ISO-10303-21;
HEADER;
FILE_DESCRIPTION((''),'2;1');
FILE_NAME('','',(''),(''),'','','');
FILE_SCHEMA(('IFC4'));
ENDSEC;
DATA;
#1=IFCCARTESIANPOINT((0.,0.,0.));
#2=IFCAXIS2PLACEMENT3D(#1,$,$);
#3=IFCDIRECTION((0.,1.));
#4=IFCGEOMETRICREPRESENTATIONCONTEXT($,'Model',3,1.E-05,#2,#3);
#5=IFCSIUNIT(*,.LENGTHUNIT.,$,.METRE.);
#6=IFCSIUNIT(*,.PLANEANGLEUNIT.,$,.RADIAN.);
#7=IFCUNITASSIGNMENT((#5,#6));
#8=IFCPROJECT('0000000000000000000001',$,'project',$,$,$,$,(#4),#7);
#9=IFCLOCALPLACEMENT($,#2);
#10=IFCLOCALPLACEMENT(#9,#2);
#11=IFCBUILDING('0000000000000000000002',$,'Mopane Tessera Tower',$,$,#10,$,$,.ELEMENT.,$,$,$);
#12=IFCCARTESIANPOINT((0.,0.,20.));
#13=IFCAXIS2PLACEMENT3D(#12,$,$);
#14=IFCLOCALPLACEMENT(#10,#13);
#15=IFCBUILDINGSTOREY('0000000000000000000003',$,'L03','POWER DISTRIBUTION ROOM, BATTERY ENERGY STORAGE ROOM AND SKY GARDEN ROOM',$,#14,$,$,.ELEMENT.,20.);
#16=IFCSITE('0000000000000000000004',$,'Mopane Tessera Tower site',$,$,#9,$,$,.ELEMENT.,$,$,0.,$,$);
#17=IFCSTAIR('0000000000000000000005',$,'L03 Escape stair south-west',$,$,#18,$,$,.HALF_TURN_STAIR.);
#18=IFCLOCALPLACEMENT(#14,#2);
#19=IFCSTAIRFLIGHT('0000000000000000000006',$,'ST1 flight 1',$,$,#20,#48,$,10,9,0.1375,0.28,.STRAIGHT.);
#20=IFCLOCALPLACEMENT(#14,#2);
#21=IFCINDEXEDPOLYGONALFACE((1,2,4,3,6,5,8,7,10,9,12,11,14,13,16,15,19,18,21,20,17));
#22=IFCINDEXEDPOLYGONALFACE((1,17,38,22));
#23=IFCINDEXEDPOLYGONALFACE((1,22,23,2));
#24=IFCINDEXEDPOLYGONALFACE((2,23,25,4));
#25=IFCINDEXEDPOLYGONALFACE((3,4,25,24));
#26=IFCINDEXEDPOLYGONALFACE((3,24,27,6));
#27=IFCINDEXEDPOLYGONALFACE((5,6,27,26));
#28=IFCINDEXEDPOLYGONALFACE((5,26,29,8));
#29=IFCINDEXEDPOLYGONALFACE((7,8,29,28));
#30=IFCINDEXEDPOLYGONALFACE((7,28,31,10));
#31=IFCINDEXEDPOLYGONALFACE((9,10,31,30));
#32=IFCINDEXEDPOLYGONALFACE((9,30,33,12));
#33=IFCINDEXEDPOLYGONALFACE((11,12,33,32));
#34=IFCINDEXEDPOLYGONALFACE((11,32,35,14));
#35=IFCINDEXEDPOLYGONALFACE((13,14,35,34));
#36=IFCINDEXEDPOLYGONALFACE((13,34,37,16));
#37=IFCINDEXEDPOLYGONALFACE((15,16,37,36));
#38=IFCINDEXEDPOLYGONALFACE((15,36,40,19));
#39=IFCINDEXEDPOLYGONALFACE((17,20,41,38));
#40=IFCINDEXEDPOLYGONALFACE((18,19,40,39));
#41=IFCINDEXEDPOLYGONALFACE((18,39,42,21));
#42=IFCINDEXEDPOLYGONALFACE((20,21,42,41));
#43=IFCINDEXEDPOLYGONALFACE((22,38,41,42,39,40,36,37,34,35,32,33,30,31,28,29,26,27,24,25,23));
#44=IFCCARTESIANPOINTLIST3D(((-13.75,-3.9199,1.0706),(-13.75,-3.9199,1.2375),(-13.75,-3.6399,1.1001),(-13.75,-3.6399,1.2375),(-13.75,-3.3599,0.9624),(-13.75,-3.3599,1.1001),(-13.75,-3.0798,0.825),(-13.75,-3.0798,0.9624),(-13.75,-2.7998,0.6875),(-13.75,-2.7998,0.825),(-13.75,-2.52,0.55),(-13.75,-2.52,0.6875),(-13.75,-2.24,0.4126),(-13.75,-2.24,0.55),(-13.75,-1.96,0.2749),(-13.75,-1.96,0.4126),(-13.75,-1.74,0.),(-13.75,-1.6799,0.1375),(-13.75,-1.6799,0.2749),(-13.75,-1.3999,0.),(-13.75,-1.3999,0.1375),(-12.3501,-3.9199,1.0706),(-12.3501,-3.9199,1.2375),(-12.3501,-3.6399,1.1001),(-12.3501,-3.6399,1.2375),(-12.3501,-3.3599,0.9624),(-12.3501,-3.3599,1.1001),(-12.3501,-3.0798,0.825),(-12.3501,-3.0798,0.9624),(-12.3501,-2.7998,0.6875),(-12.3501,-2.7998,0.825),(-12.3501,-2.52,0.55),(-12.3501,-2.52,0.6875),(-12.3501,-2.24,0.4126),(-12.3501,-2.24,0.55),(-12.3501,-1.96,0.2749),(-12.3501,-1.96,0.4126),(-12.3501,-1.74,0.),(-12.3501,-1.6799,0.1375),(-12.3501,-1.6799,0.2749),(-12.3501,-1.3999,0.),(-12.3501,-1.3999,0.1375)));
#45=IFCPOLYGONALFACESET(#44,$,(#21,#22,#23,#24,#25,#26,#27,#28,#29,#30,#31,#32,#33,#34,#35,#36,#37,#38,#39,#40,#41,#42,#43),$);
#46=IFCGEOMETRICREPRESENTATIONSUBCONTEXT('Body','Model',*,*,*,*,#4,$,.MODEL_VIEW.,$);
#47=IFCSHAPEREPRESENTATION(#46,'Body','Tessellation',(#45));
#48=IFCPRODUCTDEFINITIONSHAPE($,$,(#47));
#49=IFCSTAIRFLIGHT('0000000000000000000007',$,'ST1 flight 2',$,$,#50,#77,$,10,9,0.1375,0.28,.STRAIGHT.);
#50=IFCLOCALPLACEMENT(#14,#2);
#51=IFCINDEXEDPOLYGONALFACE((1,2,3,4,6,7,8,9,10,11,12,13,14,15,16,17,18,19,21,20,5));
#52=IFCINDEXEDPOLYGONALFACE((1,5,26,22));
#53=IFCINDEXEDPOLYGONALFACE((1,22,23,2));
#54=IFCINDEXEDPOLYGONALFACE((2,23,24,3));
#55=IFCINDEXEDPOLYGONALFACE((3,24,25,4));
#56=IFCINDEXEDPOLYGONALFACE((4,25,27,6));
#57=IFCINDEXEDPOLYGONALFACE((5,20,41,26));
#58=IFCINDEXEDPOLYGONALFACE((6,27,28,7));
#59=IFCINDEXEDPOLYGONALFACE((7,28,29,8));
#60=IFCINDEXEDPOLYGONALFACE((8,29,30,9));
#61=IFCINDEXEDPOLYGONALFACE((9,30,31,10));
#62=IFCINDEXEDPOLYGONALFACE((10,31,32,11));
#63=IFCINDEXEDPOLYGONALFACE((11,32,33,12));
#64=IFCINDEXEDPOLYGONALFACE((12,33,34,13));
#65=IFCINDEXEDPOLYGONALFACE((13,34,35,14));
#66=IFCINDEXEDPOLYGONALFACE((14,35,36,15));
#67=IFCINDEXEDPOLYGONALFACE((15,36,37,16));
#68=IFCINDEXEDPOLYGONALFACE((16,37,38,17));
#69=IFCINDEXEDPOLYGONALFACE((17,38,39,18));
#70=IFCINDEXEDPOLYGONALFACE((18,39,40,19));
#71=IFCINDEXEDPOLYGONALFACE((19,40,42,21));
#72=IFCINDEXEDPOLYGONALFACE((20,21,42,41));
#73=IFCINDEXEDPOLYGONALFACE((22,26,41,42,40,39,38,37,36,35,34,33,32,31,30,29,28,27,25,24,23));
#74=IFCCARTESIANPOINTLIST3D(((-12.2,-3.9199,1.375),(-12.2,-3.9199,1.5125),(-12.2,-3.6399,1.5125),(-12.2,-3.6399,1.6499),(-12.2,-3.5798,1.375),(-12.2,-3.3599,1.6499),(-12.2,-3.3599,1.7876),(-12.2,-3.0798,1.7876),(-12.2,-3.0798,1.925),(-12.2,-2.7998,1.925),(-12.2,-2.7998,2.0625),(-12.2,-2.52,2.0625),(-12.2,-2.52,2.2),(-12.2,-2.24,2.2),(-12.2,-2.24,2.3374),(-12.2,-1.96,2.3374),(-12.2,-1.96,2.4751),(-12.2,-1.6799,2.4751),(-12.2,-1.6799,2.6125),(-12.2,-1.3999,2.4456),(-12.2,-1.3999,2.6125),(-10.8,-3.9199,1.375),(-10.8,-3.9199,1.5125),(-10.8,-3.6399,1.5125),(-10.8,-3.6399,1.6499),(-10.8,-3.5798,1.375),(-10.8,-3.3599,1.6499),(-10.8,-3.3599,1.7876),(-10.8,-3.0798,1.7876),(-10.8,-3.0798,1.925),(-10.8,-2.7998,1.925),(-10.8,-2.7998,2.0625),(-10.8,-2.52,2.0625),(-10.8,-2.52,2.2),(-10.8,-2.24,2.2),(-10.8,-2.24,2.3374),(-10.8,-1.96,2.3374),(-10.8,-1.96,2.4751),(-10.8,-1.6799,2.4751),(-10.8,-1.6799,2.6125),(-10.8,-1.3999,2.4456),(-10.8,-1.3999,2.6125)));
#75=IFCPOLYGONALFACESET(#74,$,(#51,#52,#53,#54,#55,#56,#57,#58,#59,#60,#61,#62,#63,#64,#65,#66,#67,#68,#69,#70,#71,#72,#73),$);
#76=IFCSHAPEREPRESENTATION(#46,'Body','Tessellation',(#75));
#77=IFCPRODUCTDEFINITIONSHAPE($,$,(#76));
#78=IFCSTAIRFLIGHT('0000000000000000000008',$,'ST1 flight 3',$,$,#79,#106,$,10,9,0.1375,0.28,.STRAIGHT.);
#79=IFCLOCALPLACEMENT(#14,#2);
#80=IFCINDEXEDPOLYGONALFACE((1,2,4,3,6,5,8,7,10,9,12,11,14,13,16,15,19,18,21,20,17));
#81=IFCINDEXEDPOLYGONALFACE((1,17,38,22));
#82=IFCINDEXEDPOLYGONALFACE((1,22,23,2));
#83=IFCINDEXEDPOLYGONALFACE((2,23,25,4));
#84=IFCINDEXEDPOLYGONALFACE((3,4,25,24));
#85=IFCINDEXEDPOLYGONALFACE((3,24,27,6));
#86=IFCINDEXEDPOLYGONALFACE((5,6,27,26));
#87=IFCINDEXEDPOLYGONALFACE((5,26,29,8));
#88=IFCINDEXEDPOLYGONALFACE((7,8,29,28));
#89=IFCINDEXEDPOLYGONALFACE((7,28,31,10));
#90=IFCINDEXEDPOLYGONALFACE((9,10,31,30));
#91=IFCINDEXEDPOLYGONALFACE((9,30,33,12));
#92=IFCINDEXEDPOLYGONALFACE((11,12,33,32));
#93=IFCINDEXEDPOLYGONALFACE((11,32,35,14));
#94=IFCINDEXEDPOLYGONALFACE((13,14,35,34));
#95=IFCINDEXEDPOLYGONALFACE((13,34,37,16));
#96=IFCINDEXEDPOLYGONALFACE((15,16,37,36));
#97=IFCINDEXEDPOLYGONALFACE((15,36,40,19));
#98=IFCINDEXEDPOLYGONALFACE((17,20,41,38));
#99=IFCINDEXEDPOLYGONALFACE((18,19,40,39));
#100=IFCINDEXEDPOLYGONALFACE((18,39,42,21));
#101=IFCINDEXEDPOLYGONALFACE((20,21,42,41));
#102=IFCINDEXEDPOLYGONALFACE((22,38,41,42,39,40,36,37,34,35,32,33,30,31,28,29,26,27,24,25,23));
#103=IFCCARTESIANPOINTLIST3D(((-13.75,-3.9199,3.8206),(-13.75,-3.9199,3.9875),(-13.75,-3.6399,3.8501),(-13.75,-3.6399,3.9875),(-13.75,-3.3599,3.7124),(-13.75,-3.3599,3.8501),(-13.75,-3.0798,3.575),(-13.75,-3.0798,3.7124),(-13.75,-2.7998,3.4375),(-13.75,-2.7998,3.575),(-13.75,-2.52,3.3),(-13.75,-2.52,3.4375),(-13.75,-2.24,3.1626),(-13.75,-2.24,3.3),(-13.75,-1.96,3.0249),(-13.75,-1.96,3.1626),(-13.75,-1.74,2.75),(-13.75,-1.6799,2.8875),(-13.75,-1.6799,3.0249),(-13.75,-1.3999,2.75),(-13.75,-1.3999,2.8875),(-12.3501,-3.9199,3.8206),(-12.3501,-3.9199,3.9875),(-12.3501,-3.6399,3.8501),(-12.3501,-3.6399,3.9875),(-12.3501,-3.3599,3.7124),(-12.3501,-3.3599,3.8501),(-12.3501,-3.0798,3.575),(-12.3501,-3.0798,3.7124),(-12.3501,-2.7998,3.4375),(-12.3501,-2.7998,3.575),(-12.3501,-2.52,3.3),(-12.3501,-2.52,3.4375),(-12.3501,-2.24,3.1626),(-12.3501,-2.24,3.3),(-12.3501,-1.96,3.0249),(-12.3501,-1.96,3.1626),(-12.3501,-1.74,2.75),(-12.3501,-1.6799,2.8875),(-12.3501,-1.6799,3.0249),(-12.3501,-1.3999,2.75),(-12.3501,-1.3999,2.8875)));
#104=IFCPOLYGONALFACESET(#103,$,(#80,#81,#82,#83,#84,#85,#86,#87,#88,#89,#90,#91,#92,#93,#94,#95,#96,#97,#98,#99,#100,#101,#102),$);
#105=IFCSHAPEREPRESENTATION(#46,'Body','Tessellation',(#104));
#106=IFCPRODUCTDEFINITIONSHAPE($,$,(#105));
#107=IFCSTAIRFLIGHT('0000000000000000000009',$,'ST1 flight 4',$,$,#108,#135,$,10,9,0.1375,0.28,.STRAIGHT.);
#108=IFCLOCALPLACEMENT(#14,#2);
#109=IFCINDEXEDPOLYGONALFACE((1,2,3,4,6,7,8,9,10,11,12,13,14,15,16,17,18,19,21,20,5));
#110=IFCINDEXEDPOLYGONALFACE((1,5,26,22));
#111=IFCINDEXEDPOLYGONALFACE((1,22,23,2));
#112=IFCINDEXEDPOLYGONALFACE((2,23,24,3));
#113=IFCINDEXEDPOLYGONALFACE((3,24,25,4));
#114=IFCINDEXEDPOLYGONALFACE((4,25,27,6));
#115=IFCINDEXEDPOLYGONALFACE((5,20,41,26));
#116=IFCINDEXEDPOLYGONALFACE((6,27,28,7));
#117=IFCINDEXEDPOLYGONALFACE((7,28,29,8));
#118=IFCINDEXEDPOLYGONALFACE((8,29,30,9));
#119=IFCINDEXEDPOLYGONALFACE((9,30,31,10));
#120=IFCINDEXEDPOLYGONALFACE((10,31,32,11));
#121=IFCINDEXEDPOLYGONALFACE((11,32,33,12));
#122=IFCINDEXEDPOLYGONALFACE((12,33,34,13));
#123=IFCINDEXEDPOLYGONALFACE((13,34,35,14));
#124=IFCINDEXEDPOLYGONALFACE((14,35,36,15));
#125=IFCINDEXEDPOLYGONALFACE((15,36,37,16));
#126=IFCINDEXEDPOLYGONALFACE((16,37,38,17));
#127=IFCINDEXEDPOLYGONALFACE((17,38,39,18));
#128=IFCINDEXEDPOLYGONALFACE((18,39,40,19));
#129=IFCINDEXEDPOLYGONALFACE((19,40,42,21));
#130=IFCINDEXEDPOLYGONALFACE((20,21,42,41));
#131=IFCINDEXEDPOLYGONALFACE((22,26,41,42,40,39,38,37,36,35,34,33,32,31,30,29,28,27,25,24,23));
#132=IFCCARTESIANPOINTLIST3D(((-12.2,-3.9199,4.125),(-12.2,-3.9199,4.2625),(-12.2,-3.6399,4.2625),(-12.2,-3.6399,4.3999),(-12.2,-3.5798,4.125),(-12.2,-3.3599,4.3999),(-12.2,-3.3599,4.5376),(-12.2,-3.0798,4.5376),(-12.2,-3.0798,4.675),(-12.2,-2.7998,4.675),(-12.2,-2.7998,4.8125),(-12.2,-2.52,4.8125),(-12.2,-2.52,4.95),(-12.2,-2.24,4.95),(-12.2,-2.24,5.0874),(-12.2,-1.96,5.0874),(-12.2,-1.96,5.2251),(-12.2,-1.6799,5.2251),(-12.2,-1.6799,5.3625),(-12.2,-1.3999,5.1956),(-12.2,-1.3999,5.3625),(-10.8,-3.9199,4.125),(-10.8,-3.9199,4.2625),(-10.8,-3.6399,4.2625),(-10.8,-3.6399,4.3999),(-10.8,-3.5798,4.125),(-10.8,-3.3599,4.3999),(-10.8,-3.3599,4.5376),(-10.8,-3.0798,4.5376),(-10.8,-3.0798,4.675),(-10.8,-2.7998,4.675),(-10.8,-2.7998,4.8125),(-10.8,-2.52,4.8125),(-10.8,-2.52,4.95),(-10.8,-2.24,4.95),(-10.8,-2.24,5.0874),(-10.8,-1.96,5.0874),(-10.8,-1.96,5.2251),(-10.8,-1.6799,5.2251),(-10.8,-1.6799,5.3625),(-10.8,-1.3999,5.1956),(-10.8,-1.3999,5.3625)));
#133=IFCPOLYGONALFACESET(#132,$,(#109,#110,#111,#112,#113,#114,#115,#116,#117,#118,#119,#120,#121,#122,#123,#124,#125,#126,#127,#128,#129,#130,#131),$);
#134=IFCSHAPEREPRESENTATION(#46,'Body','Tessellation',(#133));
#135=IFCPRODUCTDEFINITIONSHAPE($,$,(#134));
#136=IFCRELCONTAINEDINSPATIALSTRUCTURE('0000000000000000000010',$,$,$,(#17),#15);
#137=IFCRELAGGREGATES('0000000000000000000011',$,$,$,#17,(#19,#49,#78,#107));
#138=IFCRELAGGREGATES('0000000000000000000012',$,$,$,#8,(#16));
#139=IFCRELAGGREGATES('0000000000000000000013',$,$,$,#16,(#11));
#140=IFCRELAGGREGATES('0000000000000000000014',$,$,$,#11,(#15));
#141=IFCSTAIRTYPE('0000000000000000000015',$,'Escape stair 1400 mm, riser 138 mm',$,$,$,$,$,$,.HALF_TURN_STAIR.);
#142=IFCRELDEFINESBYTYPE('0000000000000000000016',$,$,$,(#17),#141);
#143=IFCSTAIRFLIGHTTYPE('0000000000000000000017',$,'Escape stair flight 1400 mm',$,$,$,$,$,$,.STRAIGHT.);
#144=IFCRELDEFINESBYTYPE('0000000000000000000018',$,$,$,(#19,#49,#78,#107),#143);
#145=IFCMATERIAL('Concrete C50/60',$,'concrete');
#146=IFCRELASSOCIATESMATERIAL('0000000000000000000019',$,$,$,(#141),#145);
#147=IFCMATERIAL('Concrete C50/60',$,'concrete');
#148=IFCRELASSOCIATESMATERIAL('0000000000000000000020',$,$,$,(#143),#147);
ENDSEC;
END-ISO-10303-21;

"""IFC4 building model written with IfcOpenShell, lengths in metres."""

from ifc_helpers import new_model, si_unit, direction, frame, origin, place, context, subcontext, project, spatial, polyline, outline, extrude, material, type_object, element, aggregate, save


model = new_model("IFC4")

# Units and contexts
model_context = context("Model", 3, precision=1e-05, world=origin(), true_north=direction((0.0, 1.0)))
body_context = subcontext(model_context, "Body", "Model", "MODEL_VIEW")
ifc_project = project(units=[si_unit("LENGTHUNIT", "METRE"), si_unit("PLANEANGLEUNIT", "RADIAN")], contexts=[model_context])

# Site, building, storey
site_placement = place(None, origin())
site = spatial("IfcSite", under=ifc_project, at=site_placement, Name="Mopane Tessera Tower site", CompositionType="ELEMENT", RefElevation=0.0)
building_placement = place(site_placement, origin())
building = spatial("IfcBuilding", under=site, at=building_placement, Name="Mopane Tessera Tower", CompositionType="ELEMENT")
storey_placement = place(building_placement, frame((0.0, 0.0, 20.0)))
storey = spatial("IfcBuildingStorey", under=building, at=storey_placement, Name="L03", Description="POWER DISTRIBUTION ROOM, BATTERY ENERGY STORAGE ROOM AND SKY GARDEN ROOM", CompositionType="ELEMENT", Elevation=20.0)

# Stair, stair flights
ifc_material_1 = material(Name="Concrete C50/60", Category="concrete")
stair_type = type_object("IfcStairType", Name="Escape stair 1400 mm, riser 138 mm", PredefinedType="HALF_TURN_STAIR", material=ifc_material_1)
stair_placement = place(storey_placement, origin())
stair = element("IfcStair", 1, at=stair_placement, inside=storey, type_object=stair_type, Name="L03 Escape stair south-west", PredefinedType="HALF_TURN_STAIR")
ifc_material_2 = material(Name="Concrete C50/60", Category="concrete")
stair_flight_type = type_object("IfcStairFlightType", Name="Escape stair flight 1400 mm", PredefinedType="STRAIGHT", material=ifc_material_2)
stair_flight_1_placement = place(storey_placement, frame((-13.05, -1.3999, 0.0), z_axis=(0.0, 0.0, 1.0), x_axis=(0.0, -1.0, 0.0)))
stair_flight_1 = element("IfcStairFlight", 2, at=stair_flight_1_placement, type_object=stair_flight_type, Name="ST1 flight 1", NumberOfRisers=10, NumberOfTreads=9, PredefinedType="STRAIGHT", RiserHeight=0.1375, TreadLength=0.28, context=body_context, shape_type="SweptSolid", body=[
    extrude(outline(polyline([(0.0, 0.0), (0.0, 0.1375), (0.28, 0.1375), (0.28, 0.2749), (0.5601, 0.2749), (0.5601, 0.4126), (0.8401, 0.4126), (0.8401, 0.55), (1.1201, 0.55), (1.1201, 0.6875), (1.3999, 0.6875), (1.3999, 0.825), (1.6799, 0.825), (1.6799, 0.9624), (1.96, 0.9624), (1.96, 1.1001), (2.24, 1.1001), (2.24, 1.2375), (2.52, 1.2375), (2.52, 1.375), (2.52, 1.0706), (0.3401, 0.0), (0.0, 0.0)])), frame((0.0, 0.7, 0.0), z_axis=(0.0, -1.0, 0.0), x_axis=(1.0, 0.0, 0.0)), (0.0, 0.0, 1.0), 1.3999),
])
stair_flight_2_placement = place(storey_placement, frame((-11.5, -3.9199, 1.375), z_axis=(0.0, 0.0, 1.0), x_axis=(0.0, 1.0, 0.0)))
stair_flight_2 = element("IfcStairFlight", 3, at=stair_flight_2_placement, type_object=stair_flight_type, Name="ST1 flight 2", NumberOfRisers=10, NumberOfTreads=9, PredefinedType="STRAIGHT", RiserHeight=0.1375, TreadLength=0.28, context=body_context, shape_type="SweptSolid", body=[
    extrude(outline(polyline([(0.0, 0.0), (0.0, 0.1375), (0.28, 0.1375), (0.28, 0.2749), (0.5601, 0.2749), (0.5601, 0.4126), (0.8401, 0.4126), (0.8401, 0.55), (1.1201, 0.55), (1.1201, 0.6875), (1.3999, 0.6875), (1.3999, 0.825), (1.6799, 0.825), (1.6799, 0.9624), (1.96, 0.9624), (1.96, 1.1001), (2.24, 1.1001), (2.24, 1.2375), (2.52, 1.2375), (2.52, 1.375), (2.52, 1.0706), (0.3401, 0.0), (0.0, 0.0)])), frame((0.0, 0.7, 0.0), z_axis=(0.0, -1.0, 0.0), x_axis=(1.0, 0.0, 0.0)), (0.0, 0.0, 1.0), 1.3999),
])
stair_flight_3_placement = place(storey_placement, frame((-13.05, -1.3999, 2.75), z_axis=(0.0, 0.0, 1.0), x_axis=(0.0, -1.0, 0.0)))
stair_flight_3 = element("IfcStairFlight", 4, at=stair_flight_3_placement, type_object=stair_flight_type, Name="ST1 flight 3", NumberOfRisers=10, NumberOfTreads=9, PredefinedType="STRAIGHT", RiserHeight=0.1375, TreadLength=0.28, context=body_context, shape_type="SweptSolid", body=[
    extrude(outline(polyline([(0.0, 0.0), (0.0, 0.1375), (0.28, 0.1375), (0.28, 0.2749), (0.5601, 0.2749), (0.5601, 0.4126), (0.8401, 0.4126), (0.8401, 0.55), (1.1201, 0.55), (1.1201, 0.6875), (1.3999, 0.6875), (1.3999, 0.825), (1.6799, 0.825), (1.6799, 0.9624), (1.96, 0.9624), (1.96, 1.1001), (2.24, 1.1001), (2.24, 1.2375), (2.52, 1.2375), (2.52, 1.375), (2.52, 1.0706), (0.3401, 0.0), (0.0, 0.0)])), frame((0.0, 0.7, 0.0), z_axis=(0.0, -1.0, 0.0), x_axis=(1.0, 0.0, 0.0)), (0.0, 0.0, 1.0), 1.3999),
])
stair_flight_4_placement = place(storey_placement, frame((-11.5, -3.9199, 4.125), z_axis=(0.0, 0.0, 1.0), x_axis=(0.0, 1.0, 0.0)))
stair_flight_4 = element("IfcStairFlight", 5, at=stair_flight_4_placement, type_object=stair_flight_type, Name="ST1 flight 4", NumberOfRisers=10, NumberOfTreads=9, PredefinedType="STRAIGHT", RiserHeight=0.1375, TreadLength=0.28, context=body_context, shape_type="SweptSolid", body=[
    extrude(outline(polyline([(0.0, 0.0), (0.0, 0.1375), (0.28, 0.1375), (0.28, 0.2749), (0.5601, 0.2749), (0.5601, 0.4126), (0.8401, 0.4126), (0.8401, 0.55), (1.1201, 0.55), (1.1201, 0.6875), (1.3999, 0.6875), (1.3999, 0.825), (1.6799, 0.825), (1.6799, 0.9624), (1.96, 0.9624), (1.96, 1.1001), (2.24, 1.1001), (2.24, 1.2375), (2.52, 1.2375), (2.52, 1.375), (2.52, 1.0706), (0.3401, 0.0), (0.0, 0.0)])), frame((0.0, 0.7, 0.0), z_axis=(0.0, -1.0, 0.0), x_axis=(1.0, 0.0, 0.0)), (0.0, 0.0, 1.0), 1.3999),
])
aggregate(stair, [stair_flight_1, stair_flight_2, stair_flight_3, stair_flight_4])

save(model, "model.ifc")
